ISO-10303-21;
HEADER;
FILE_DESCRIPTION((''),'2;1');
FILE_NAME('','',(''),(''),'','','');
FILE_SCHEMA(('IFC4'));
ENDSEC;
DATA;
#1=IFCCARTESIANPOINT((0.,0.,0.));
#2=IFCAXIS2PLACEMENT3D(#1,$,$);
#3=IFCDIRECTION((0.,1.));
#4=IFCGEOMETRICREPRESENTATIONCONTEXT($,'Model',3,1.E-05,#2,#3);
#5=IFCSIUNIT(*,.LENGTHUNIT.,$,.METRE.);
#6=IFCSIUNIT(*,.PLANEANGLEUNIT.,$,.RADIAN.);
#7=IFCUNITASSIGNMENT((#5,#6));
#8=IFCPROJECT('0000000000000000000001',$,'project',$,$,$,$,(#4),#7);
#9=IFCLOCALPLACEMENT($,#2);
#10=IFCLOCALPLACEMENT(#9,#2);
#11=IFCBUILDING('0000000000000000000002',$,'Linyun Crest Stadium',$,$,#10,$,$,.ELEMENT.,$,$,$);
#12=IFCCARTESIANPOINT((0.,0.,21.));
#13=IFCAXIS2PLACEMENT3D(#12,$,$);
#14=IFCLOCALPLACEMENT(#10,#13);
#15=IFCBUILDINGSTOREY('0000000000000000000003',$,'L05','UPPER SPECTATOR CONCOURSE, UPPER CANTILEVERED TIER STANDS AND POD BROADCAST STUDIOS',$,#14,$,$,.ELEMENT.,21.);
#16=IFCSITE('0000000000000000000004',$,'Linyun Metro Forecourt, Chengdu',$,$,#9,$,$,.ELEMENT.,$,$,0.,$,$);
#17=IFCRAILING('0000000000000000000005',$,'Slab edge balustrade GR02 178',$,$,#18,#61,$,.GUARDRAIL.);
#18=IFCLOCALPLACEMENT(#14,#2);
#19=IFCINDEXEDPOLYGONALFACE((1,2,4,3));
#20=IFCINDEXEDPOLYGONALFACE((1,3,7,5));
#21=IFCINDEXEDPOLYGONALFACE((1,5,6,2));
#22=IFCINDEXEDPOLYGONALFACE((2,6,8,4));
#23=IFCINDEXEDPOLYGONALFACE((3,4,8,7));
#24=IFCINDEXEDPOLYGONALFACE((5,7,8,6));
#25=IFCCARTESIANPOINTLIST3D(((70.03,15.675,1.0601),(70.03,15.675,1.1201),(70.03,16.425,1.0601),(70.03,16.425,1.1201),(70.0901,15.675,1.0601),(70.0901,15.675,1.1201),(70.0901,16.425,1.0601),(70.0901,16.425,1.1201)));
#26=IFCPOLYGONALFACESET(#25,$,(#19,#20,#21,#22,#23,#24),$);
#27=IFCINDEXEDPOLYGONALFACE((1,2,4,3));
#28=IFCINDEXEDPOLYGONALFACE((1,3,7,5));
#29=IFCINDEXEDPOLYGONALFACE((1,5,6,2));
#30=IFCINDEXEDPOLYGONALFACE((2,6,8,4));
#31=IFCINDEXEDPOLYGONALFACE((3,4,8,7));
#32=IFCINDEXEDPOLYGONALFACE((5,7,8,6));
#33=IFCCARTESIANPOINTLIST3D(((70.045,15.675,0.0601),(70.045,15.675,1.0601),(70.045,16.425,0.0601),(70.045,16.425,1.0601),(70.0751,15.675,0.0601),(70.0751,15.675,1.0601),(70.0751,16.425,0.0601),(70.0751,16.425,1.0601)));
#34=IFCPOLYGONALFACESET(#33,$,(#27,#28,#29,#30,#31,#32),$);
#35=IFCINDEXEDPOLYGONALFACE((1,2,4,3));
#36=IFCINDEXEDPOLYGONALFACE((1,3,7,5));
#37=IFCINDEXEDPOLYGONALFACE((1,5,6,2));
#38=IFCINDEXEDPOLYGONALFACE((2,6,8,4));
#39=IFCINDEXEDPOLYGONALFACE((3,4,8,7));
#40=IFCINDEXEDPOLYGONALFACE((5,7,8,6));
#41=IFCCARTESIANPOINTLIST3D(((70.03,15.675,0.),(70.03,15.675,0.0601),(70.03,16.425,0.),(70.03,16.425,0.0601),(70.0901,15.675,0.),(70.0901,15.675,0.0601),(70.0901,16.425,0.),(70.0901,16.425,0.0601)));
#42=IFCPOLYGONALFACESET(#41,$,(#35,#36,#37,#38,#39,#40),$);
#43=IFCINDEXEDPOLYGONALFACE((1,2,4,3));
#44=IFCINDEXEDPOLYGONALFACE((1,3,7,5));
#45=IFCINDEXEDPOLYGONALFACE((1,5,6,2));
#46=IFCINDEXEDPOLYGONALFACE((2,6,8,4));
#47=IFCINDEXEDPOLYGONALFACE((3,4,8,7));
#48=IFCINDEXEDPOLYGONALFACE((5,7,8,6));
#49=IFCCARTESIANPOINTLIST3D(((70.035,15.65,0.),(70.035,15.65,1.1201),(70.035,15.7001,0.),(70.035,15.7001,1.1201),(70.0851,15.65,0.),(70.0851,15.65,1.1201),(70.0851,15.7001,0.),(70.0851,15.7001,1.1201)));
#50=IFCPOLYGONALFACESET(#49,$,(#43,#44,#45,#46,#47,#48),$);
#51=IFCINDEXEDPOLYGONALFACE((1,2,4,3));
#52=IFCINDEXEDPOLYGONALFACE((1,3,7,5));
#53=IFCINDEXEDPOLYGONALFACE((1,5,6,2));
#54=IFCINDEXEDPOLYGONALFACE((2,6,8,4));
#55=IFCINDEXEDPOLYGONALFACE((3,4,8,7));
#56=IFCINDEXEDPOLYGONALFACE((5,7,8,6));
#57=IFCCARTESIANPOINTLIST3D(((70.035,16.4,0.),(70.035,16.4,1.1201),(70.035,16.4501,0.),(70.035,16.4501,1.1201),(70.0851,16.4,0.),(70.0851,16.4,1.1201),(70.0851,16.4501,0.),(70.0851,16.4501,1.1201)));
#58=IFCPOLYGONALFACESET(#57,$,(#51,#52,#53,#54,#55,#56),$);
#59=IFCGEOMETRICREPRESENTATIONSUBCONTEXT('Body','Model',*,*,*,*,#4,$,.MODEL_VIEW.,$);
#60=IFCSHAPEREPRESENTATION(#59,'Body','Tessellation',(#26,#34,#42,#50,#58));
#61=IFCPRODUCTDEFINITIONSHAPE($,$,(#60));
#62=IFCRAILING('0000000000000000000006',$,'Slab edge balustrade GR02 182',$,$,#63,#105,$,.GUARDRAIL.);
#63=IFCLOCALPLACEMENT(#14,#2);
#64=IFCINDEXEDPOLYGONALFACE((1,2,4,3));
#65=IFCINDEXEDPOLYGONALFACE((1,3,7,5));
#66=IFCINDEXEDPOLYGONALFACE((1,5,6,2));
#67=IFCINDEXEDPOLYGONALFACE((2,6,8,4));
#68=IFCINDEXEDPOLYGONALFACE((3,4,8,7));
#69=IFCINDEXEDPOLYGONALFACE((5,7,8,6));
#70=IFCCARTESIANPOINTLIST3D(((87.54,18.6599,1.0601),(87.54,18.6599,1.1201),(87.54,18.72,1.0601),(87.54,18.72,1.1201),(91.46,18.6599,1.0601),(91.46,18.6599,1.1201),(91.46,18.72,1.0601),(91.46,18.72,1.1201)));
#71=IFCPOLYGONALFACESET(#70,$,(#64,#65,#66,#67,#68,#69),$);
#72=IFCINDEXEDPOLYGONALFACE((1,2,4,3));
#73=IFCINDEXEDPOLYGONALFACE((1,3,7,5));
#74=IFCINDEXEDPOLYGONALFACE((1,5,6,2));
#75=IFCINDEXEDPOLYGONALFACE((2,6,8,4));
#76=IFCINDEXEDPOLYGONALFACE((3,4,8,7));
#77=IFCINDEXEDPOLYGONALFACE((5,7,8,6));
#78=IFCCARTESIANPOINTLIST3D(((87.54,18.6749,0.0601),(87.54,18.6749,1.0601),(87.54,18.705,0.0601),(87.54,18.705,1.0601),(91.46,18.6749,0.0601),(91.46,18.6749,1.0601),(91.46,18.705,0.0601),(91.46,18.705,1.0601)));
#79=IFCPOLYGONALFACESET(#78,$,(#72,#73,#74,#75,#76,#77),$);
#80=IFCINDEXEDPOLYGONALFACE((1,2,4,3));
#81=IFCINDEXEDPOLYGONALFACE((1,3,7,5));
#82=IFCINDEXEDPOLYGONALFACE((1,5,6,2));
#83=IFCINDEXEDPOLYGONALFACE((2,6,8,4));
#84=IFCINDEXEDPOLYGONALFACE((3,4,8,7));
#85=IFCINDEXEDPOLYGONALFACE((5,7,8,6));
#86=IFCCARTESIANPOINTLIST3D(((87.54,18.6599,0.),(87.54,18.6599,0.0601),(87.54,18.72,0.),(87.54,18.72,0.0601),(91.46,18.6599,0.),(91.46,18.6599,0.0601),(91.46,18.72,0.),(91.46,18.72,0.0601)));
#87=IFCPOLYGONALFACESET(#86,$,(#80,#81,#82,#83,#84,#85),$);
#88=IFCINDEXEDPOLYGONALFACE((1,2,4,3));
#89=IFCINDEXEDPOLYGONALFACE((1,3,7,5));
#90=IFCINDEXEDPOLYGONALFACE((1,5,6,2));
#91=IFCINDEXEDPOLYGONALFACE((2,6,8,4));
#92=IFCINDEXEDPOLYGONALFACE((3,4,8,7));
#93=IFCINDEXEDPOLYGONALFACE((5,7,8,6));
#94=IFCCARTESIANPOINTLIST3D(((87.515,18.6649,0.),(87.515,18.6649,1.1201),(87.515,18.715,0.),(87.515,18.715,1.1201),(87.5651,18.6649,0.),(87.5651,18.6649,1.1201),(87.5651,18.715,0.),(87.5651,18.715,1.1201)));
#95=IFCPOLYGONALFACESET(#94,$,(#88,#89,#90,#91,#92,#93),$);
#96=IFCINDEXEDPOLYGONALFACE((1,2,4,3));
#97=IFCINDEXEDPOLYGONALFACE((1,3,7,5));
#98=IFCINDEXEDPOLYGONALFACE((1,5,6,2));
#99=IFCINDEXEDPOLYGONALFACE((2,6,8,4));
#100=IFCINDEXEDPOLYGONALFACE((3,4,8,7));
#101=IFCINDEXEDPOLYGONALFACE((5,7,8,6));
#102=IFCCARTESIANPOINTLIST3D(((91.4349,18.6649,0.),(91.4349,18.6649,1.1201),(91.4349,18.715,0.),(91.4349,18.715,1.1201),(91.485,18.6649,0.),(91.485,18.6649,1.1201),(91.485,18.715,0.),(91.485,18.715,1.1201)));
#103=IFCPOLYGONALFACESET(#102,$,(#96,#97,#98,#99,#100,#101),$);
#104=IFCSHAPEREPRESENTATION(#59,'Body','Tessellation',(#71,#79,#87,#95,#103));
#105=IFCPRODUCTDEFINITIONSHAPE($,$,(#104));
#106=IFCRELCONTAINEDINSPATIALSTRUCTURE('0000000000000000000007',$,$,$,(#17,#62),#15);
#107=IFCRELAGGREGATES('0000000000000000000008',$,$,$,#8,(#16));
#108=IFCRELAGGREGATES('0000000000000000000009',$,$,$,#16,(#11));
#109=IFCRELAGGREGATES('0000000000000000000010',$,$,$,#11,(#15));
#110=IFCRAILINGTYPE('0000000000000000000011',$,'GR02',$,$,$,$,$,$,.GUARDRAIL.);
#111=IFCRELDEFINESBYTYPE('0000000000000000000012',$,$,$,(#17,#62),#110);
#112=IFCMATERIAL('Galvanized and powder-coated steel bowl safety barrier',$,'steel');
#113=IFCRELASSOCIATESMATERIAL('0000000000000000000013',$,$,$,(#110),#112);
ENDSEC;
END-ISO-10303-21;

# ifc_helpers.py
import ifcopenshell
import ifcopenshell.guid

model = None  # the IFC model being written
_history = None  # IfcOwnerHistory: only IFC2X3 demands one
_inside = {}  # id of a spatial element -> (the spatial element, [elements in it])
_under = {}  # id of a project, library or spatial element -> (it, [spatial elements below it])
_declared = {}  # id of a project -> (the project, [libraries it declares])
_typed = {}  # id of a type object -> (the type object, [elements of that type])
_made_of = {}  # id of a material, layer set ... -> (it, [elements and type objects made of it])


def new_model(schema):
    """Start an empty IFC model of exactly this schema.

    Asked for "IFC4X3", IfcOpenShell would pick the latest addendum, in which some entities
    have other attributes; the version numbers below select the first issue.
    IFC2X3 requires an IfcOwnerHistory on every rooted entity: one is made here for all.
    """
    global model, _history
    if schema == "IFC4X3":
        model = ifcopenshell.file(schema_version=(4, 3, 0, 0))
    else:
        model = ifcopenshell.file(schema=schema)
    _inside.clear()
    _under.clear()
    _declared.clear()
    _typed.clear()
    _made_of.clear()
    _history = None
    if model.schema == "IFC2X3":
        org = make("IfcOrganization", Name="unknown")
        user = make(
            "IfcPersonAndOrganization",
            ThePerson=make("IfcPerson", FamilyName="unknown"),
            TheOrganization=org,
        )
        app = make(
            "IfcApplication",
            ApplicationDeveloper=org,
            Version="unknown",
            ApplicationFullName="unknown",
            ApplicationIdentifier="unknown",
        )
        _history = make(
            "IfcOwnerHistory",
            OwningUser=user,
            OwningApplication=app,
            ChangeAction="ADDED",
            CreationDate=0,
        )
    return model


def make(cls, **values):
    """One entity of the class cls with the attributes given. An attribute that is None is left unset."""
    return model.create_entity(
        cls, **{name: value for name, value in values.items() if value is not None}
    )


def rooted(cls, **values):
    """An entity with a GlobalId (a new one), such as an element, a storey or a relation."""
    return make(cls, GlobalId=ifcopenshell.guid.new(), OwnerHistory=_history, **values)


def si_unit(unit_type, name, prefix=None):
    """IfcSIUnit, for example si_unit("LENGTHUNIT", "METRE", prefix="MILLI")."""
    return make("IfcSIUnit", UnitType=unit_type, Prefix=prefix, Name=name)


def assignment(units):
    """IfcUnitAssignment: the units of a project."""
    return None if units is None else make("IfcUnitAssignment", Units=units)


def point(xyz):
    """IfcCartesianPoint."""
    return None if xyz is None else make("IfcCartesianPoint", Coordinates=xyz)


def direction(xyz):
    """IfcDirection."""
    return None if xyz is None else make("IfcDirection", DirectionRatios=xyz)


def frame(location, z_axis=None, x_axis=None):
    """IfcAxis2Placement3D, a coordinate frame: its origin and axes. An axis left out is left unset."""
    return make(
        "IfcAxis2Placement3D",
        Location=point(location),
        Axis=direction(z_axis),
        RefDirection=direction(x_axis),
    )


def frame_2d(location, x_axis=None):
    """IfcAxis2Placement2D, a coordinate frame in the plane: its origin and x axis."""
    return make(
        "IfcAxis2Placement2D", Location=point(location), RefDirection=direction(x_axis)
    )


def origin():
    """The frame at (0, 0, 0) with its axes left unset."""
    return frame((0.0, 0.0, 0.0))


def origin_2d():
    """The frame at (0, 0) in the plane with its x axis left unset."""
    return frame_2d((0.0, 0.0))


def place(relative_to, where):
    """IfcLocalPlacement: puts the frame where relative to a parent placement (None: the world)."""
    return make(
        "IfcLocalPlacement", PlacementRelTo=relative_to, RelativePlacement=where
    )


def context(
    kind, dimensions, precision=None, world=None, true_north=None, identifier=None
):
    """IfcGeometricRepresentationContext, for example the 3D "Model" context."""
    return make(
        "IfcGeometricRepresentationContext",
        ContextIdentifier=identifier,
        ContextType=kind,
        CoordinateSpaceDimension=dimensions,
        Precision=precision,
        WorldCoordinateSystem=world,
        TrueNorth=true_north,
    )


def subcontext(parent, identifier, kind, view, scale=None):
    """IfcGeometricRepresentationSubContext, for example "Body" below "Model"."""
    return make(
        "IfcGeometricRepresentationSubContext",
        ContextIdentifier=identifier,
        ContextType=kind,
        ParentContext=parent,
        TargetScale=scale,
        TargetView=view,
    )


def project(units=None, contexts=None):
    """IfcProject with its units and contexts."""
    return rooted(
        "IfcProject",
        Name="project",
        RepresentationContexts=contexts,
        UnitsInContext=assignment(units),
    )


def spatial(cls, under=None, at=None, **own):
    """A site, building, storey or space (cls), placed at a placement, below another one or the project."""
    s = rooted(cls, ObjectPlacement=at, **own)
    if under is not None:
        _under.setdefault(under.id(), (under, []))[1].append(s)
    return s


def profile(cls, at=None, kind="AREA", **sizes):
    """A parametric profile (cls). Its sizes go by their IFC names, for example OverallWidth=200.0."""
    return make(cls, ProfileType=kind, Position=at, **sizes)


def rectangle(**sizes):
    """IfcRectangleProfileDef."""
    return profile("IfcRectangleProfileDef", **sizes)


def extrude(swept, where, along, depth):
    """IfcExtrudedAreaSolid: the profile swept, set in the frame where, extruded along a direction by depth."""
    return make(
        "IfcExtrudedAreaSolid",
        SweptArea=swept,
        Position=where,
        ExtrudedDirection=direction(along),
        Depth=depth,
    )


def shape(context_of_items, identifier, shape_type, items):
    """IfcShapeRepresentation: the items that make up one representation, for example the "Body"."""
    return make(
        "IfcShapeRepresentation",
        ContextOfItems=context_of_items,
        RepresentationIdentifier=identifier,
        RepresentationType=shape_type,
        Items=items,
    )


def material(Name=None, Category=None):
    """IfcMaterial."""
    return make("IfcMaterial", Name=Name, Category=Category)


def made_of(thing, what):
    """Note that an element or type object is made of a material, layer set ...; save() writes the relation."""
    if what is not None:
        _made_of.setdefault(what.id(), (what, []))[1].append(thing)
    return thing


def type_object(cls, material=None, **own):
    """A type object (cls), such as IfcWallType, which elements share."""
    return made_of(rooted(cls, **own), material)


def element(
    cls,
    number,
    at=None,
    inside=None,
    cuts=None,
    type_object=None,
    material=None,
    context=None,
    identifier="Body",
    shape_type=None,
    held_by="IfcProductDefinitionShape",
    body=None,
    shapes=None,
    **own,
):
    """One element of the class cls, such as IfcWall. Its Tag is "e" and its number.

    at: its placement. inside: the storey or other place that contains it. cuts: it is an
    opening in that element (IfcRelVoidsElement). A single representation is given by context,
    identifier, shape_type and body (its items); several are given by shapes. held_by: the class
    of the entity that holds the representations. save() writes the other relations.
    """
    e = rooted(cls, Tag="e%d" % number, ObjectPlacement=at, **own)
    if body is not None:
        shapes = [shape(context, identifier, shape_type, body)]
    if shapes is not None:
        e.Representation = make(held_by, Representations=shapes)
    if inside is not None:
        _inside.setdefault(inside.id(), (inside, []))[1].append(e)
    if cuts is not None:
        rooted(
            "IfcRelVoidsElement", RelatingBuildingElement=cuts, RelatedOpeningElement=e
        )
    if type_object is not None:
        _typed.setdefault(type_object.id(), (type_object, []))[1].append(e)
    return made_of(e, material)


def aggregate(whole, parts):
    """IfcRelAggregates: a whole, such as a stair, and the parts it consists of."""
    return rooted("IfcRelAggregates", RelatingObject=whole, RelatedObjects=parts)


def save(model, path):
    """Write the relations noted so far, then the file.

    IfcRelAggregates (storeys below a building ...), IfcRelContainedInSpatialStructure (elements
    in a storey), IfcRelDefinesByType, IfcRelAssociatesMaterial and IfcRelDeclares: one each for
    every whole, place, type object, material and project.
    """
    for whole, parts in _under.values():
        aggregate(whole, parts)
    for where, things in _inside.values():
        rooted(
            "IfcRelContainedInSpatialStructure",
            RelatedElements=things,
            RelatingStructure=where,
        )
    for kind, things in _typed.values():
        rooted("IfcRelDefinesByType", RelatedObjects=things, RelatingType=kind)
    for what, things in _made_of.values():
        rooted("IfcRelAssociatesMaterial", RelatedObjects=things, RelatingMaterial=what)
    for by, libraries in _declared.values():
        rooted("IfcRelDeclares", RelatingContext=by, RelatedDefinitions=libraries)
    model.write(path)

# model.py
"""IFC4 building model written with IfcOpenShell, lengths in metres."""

from ifc_helpers import new_model, si_unit, direction, frame, origin, origin_2d, place, context, subcontext, project, spatial, rectangle, extrude, material, type_object, element, save


model = new_model("IFC4")

# Units and contexts
model_context = context("Model", 3, precision=1e-05, world=origin(), true_north=direction((0.0, 1.0)))
body_context = subcontext(model_context, "Body", "Model", "MODEL_VIEW")
ifc_project = project(units=[si_unit("LENGTHUNIT", "METRE"), si_unit("PLANEANGLEUNIT", "RADIAN")], contexts=[model_context])

# Site, building, storey
site_placement = place(None, origin())
site = spatial("IfcSite", under=ifc_project, at=site_placement, Name="Linyun Metro Forecourt, Chengdu", CompositionType="ELEMENT", RefElevation=0.0)
building_placement = place(site_placement, origin())
building = spatial("IfcBuilding", under=site, at=building_placement, Name="Linyun Crest Stadium", CompositionType="ELEMENT")
storey_placement = place(building_placement, frame((0.0, 0.0, 21.0)))
storey = spatial("IfcBuildingStorey", under=building, at=storey_placement, Name="L05", Description="UPPER SPECTATOR CONCOURSE, UPPER CANTILEVERED TIER STANDS AND POD BROADCAST STUDIOS", CompositionType="ELEMENT", Elevation=21.0)

# Railings
ifc_material_1 = material(Name="Galvanized and powder-coated steel bowl safety barrier", Category="steel")
railing_type_1 = type_object("IfcRailingType", Name="GR02", PredefinedType="GUARDRAIL", material=ifc_material_1)
railing_1_placement = place(storey_placement, frame((70.0601, 15.675, 0.0)))
element("IfcRailing", 1, at=railing_1_placement, inside=storey, type_object=railing_type_1, Name="Slab edge balustrade GR02 178", PredefinedType="GUARDRAIL", context=body_context, shape_type="SweptSolid", body=[
    extrude(rectangle(XDim=0.0601, YDim=0.0601, at=origin_2d()), frame((0.0, 0.0, 1.0901), z_axis=(0.0, 1.0, 0.0), x_axis=(-1.0, 0.0, 0.0)), (0.0, 0.0, 1.0), 0.75),
    extrude(rectangle(XDim=0.03, YDim=1.0, at=origin_2d()), frame((0.0, 0.0, 0.5601), z_axis=(0.0, 1.0, 0.0), x_axis=(-1.0, 0.0, 0.0)), (0.0, 0.0, 1.0), 0.75),
    extrude(rectangle(XDim=0.0601, YDim=0.0601, at=origin_2d()), frame((0.0, 0.0, 0.03), z_axis=(0.0, 1.0, 0.0), x_axis=(-1.0, 0.0, 0.0)), (0.0, 0.0, 1.0), 0.75),
    extrude(rectangle(XDim=0.05, YDim=0.05, at=origin_2d()), origin(), (0.0, 0.0, 1.0), 1.1201),
    extrude(rectangle(XDim=0.05, YDim=0.05, at=origin_2d()), frame((0.0, 0.75, 0.0)), (0.0, 0.0, 1.0), 1.1201),
])
railing_2_placement = place(storey_placement, frame((87.54, 18.6899, 0.0)))
element("IfcRailing", 2, at=railing_2_placement, inside=storey, type_object=railing_type_1, Name="Slab edge balustrade GR02 182", PredefinedType="GUARDRAIL", context=body_context, shape_type="SweptSolid", body=[
    extrude(rectangle(XDim=0.0601, YDim=0.0601, at=origin_2d()), frame((0.0, 0.0, 1.0901), z_axis=(1.0, 0.0, 0.0), x_axis=(0.0, 1.0, 0.0)), (0.0, 0.0, 1.0), 3.9199),
    extrude(rectangle(XDim=0.03, YDim=1.0, at=origin_2d()), frame((0.0, 0.0, 0.5601), z_axis=(1.0, 0.0, 0.0), x_axis=(0.0, 1.0, 0.0)), (0.0, 0.0, 1.0), 3.9199),
    extrude(rectangle(XDim=0.0601, YDim=0.0601, at=origin_2d()), frame((0.0, 0.0, 0.03), z_axis=(1.0, 0.0, 0.0), x_axis=(0.0, 1.0, 0.0)), (0.0, 0.0, 1.0), 3.9199),
    extrude(rectangle(XDim=0.05, YDim=0.05, at=origin_2d()), origin(), (0.0, 0.0, 1.0), 1.1201),
    extrude(rectangle(XDim=0.05, YDim=0.05, at=origin_2d()), frame((3.9199, 0.0, 0.0)), (0.0, 0.0, 1.0), 1.1201),
])

save(model, "model.ifc")
